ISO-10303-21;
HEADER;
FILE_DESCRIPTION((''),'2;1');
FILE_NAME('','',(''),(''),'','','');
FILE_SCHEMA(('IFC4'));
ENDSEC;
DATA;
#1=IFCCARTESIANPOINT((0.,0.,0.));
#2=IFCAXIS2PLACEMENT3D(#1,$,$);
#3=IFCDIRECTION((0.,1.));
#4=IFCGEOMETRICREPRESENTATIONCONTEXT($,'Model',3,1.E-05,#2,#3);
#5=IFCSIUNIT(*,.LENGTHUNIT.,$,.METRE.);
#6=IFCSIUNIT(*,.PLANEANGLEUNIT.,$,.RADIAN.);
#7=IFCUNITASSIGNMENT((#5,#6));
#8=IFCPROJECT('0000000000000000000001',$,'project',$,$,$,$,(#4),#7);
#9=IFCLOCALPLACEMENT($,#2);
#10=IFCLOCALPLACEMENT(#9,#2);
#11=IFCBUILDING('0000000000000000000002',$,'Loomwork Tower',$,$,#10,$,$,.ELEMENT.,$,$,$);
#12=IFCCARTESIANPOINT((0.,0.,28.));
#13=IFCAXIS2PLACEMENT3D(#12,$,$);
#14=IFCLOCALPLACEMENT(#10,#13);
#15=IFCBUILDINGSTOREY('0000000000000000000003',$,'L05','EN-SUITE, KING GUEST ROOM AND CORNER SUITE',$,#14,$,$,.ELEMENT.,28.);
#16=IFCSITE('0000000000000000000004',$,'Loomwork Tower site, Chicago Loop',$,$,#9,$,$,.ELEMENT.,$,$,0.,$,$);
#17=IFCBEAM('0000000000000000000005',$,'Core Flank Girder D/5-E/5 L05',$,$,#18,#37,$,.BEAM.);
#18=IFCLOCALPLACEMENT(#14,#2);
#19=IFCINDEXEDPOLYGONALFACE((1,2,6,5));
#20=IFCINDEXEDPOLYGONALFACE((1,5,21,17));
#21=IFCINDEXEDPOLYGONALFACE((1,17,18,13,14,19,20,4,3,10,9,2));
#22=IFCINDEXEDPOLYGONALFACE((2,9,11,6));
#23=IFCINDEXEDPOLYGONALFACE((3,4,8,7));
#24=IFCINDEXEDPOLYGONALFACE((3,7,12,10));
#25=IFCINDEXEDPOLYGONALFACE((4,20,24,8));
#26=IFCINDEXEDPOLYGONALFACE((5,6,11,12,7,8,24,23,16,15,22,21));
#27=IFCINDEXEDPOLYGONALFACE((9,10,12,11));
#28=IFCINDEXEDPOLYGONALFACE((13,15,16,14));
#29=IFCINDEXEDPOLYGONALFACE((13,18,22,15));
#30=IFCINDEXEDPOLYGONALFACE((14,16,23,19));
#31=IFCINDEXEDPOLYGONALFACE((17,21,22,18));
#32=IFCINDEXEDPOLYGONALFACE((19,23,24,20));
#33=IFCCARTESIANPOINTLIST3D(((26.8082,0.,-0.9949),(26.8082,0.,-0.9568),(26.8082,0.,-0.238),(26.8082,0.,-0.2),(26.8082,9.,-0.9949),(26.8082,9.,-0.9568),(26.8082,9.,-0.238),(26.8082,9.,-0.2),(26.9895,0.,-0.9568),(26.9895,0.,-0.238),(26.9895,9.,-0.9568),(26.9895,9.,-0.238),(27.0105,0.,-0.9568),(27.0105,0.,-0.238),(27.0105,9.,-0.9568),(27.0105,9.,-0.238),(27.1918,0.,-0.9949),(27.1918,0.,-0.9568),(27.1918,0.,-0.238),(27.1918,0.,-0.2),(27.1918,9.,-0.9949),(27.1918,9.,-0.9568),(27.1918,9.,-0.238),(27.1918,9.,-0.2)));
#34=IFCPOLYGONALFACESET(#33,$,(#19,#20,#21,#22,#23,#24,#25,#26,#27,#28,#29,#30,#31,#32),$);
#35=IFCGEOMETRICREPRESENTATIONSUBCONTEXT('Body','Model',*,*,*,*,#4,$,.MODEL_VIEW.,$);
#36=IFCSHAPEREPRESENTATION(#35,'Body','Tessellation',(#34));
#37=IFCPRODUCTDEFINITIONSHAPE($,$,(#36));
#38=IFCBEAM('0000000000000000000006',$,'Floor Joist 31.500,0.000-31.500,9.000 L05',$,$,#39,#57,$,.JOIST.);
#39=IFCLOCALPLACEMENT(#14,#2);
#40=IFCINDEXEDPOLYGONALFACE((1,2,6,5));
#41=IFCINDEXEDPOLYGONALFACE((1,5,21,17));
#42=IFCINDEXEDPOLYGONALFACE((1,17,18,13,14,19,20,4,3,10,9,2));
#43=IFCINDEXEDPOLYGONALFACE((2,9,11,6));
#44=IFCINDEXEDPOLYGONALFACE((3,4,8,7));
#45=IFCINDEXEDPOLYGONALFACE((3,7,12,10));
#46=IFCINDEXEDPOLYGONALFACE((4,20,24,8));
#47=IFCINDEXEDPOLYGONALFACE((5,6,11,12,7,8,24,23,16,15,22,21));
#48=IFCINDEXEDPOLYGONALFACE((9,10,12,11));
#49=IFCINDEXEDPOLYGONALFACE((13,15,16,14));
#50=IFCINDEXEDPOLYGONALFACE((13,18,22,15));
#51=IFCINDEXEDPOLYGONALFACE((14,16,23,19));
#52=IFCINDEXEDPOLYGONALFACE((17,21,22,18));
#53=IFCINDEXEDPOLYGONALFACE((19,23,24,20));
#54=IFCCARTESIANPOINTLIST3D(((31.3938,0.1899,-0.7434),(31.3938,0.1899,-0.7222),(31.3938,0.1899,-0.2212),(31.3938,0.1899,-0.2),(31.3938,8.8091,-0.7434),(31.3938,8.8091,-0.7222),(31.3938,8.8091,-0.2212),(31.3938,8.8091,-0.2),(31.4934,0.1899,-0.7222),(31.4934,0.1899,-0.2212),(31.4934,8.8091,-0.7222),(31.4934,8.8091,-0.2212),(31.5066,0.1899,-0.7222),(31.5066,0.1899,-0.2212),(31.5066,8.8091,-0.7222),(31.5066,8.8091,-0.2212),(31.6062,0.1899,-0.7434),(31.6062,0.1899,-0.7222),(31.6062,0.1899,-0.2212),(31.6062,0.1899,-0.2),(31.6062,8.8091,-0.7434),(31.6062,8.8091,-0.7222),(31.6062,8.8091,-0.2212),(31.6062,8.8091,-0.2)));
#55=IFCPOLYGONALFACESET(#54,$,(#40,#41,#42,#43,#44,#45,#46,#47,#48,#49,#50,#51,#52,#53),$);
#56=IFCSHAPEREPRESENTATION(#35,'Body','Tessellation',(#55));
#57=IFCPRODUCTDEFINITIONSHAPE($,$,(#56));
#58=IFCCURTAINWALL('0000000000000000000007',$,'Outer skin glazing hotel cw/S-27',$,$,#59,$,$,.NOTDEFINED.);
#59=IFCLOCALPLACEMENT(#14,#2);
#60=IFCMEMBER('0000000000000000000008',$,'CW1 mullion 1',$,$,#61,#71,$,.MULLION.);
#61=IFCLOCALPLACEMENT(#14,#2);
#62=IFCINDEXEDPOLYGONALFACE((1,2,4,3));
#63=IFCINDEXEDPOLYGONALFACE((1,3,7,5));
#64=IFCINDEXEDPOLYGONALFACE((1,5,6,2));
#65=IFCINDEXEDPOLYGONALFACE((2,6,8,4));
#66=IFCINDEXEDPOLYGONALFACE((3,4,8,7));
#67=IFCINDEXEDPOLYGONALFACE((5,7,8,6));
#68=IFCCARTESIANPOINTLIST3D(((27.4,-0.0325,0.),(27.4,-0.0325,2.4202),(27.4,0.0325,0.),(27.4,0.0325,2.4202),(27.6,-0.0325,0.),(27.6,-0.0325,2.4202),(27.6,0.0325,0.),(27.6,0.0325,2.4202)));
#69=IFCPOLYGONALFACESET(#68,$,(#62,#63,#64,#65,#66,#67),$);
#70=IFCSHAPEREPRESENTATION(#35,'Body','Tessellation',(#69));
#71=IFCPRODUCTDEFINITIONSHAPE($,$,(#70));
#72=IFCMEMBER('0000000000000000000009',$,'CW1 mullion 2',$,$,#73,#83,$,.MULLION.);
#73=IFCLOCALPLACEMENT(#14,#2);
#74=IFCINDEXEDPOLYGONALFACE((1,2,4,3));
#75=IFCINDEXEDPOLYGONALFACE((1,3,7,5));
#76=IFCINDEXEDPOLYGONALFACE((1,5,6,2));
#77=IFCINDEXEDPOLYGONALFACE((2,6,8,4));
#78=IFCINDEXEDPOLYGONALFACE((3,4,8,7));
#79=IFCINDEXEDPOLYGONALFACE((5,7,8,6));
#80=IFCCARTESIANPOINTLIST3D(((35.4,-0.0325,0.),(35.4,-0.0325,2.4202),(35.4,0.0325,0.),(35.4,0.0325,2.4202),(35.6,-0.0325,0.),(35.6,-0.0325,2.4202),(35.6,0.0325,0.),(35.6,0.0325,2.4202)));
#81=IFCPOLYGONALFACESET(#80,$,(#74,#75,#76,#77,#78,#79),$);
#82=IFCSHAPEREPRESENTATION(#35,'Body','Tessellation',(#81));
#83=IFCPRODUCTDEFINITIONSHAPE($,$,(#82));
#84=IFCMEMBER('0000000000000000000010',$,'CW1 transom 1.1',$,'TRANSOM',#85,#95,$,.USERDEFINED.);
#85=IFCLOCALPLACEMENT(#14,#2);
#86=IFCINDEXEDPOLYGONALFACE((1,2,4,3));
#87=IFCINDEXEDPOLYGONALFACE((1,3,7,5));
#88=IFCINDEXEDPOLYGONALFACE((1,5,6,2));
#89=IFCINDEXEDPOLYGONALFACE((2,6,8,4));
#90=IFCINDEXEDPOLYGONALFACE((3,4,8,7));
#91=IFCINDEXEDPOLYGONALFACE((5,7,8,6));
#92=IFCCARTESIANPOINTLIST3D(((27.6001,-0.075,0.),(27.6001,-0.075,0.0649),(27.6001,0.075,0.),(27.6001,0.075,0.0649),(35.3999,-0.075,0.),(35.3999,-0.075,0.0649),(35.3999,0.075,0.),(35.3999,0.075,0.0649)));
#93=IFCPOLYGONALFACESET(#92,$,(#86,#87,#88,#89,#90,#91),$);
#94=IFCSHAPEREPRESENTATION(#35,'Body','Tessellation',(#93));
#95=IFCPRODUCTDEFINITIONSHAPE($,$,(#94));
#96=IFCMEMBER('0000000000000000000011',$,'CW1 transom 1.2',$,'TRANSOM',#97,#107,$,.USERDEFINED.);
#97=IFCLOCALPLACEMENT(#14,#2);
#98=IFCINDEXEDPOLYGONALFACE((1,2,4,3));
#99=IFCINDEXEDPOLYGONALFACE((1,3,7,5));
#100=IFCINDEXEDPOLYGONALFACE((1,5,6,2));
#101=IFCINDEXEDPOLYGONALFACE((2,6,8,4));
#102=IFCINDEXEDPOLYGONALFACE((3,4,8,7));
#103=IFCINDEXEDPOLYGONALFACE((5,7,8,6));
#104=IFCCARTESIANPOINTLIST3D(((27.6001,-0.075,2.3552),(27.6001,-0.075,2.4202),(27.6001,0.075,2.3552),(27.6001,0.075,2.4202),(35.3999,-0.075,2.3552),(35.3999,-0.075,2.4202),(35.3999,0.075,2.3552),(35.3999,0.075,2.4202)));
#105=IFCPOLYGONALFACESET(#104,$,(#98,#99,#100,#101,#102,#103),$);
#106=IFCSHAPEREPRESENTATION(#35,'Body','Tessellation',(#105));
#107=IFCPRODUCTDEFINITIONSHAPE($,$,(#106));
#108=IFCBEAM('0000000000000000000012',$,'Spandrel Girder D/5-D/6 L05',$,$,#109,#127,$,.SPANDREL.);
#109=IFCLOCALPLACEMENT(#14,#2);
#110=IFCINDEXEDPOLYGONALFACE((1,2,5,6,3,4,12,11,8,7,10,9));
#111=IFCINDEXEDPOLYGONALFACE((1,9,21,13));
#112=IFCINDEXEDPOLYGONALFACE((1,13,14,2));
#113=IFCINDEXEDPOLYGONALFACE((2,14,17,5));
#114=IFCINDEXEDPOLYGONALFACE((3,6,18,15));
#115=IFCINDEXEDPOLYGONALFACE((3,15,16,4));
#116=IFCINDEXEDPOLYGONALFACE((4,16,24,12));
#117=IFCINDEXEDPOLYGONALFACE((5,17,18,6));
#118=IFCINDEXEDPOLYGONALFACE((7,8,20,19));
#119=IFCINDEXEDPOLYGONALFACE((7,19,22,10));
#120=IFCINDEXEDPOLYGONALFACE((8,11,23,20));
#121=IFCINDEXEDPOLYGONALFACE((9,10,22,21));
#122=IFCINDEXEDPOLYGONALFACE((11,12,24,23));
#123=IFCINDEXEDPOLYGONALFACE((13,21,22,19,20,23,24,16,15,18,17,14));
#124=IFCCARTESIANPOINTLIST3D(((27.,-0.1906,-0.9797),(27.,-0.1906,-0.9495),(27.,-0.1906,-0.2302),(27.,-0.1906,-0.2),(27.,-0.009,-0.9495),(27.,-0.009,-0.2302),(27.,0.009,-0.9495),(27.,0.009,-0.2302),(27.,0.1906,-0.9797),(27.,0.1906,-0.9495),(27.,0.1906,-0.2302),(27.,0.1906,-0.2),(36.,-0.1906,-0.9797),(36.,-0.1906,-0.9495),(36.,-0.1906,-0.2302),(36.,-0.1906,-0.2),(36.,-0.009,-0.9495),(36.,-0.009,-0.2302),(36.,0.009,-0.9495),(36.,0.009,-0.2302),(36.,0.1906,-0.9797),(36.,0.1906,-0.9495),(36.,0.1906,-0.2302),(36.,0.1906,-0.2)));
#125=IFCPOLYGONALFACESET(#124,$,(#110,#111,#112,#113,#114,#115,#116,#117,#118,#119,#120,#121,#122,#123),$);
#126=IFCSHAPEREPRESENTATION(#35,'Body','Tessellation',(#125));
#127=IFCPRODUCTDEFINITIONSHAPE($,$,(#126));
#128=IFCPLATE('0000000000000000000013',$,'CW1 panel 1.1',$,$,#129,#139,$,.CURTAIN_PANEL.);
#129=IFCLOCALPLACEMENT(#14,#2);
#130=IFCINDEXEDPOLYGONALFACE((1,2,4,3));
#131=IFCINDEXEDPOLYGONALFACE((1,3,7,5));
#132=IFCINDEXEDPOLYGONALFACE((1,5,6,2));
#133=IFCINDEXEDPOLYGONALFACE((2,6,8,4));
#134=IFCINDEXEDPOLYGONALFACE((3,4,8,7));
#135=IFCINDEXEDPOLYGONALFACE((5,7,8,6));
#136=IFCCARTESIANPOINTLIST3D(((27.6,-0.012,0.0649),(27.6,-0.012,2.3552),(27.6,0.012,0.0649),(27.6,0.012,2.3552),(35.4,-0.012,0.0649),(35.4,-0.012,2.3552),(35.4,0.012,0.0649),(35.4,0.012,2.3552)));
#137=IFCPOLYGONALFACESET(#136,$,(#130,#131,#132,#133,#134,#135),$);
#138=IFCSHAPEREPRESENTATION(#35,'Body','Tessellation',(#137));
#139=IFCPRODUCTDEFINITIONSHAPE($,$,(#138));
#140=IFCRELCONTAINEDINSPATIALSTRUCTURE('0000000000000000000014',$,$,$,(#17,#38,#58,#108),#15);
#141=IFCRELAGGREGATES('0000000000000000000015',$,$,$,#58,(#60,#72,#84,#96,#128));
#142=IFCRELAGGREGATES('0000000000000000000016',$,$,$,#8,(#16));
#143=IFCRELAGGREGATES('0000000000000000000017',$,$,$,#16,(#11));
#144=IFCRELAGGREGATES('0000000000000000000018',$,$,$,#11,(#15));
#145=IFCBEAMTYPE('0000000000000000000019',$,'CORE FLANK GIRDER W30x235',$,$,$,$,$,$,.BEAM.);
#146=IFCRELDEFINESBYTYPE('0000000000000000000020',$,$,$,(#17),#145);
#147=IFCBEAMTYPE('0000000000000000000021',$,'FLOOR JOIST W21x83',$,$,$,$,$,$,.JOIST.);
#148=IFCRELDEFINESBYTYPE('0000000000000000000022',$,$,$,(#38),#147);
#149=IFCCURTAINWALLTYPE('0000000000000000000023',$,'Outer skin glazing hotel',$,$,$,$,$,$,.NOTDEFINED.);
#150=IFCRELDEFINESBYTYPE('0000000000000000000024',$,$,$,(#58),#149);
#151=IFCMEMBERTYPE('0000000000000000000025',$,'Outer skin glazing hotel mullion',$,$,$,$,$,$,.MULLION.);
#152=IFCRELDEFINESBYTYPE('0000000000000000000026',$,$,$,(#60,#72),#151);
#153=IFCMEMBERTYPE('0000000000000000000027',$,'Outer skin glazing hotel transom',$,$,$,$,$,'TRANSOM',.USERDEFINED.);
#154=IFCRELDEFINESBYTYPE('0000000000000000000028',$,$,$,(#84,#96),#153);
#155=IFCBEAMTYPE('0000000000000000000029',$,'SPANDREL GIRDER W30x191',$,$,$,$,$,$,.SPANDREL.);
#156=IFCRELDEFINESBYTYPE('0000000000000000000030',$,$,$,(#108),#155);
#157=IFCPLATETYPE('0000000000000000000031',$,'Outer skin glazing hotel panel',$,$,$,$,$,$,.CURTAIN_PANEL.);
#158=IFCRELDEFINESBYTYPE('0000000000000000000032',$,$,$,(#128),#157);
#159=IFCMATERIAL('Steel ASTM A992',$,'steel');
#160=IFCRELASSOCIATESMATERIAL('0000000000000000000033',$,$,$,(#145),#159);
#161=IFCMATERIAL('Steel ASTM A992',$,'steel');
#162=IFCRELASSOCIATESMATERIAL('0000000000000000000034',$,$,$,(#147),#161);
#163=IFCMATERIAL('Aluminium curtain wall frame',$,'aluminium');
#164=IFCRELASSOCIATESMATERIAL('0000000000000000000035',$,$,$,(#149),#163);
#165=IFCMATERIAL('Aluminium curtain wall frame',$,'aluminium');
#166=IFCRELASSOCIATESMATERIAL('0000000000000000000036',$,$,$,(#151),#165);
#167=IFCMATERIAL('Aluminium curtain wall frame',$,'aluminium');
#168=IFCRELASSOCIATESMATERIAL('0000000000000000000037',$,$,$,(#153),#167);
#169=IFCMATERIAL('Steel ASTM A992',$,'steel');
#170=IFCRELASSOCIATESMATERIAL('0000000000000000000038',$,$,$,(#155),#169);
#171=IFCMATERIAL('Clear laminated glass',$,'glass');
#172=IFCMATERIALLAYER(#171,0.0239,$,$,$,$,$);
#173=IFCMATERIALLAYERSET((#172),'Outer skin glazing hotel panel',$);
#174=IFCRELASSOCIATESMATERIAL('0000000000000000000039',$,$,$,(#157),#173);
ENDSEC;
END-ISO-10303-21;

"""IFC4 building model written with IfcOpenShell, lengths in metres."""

from ifc_helpers import new_model, si_unit, direction, frame, origin, origin_2d, place, context, subcontext, project, spatial, rectangle, i_section, extrude, material, layer, layer_set, material_profile, profile_set, type_object, element, aggregate, save


model = new_model("IFC4")

# Units and contexts
model_context = context("Model", 3, precision=1e-05, world=origin(), true_north=direction((0.0, 1.0)))
body_context = subcontext(model_context, "Body", "Model", "MODEL_VIEW")
ifc_project = project(units=[si_unit("LENGTHUNIT", "METRE"), si_unit("PLANEANGLEUNIT", "RADIAN")], contexts=[model_context])

# Site, building, storey
site_placement = place(None, origin())
site = spatial("IfcSite", under=ifc_project, at=site_placement, Name="Loomwork Tower site, Chicago Loop", CompositionType="ELEMENT", RefElevation=0.0)
building_placement = place(site_placement, origin())
building = spatial("IfcBuilding", under=site, at=building_placement, Name="Loomwork Tower", CompositionType="ELEMENT")
storey_placement = place(building_placement, frame((0.0, 0.0, 28.0)))
storey = spatial("IfcBuildingStorey", under=building, at=storey_placement, Name="L05", Description="EN-SUITE, KING GUEST ROOM AND CORNER SUITE", CompositionType="ELEMENT", Elevation=28.0)

# Beams
ifc_material_1 = material(Name="Steel ASTM A992", Category="steel")
ifc_material_profile_1 = material_profile(ifc_material_1, i_section(OverallWidth=0.3835, OverallDepth=0.7949, WebThickness=0.021, FlangeThickness=0.0381, at=origin_2d()), Name="W30x235")
ifc_profile_set_1 = profile_set([ifc_material_profile_1], Name="Steel ASTM A992")
beam_type_1 = type_object("IfcBeamType", Name="CORE FLANK GIRDER W30x235", PredefinedType="BEAM", material=ifc_profile_set_1)
beam_1_placement = place(storey_placement, frame((27.0, 0.0, -0.5974), z_axis=(0.0, 1.0, 0.0), x_axis=(-1.0, 0.0, 0.0)))
element("IfcBeam", 1, at=beam_1_placement, inside=storey, type_object=beam_type_1, Name="Core Flank Girder D/5-E/5 L05", PredefinedType="BEAM", context=body_context, shape_type="SweptSolid", body=[
    extrude(i_section(OverallWidth=0.3835, OverallDepth=0.7949, WebThickness=0.021, FlangeThickness=0.0381, at=origin_2d()), origin(), (0.0, 0.0, 1.0), 9.0),
])
ifc_material_2 = material(Name="Steel ASTM A992", Category="steel")
ifc_material_profile_2 = material_profile(ifc_material_2, i_section(OverallWidth=0.2124, OverallDepth=0.5435, WebThickness=0.0132, FlangeThickness=0.0212, at=origin_2d()), Name="W21x83")
ifc_profile_set_2 = profile_set([ifc_material_profile_2], Name="Steel ASTM A992")
beam_type_2 = type_object("IfcBeamType", Name="FLOOR JOIST W21x83", PredefinedType="JOIST", material=ifc_profile_set_2)
beam_2_placement = place(storey_placement, frame((31.5, 0.1899, -0.4717), z_axis=(0.0, 1.0, 0.0), x_axis=(-1.0, 0.0, 0.0)))
element("IfcBeam", 2, at=beam_2_placement, inside=storey, type_object=beam_type_2, Name="Floor Joist 31.500,0.000-31.500,9.000 L05", PredefinedType="JOIST", context=body_context, shape_type="SweptSolid", body=[
    extrude(i_section(OverallWidth=0.2124, OverallDepth=0.5435, WebThickness=0.0132, FlangeThickness=0.0212, at=origin_2d()), origin(), (0.0, 0.0, 1.0), 8.6191),
])

# Curtain wall, members
ifc_material_3 = material(Name="Aluminium curtain wall frame", Category="aluminium")
curtain_wall_type = type_object("IfcCurtainWallType", Name="Outer skin glazing hotel", PredefinedType="NOTDEFINED", material=ifc_material_3)
curtain_wall_placement = place(storey_placement, origin())
curtain_wall = element("IfcCurtainWall", 3, at=curtain_wall_placement, inside=storey, type_object=curtain_wall_type, Name="Outer skin glazing hotel cw/S-27", PredefinedType="NOTDEFINED")
ifc_material_4 = material(Name="Aluminium curtain wall frame", Category="aluminium")
ifc_material_profile_3 = material_profile(ifc_material_4, rectangle(XDim=0.0649, YDim=0.2, at=origin_2d()), Name="AL 65x200")
ifc_profile_set_3 = profile_set([ifc_material_profile_3], Name="Aluminium curtain wall frame")
member_type_1 = type_object("IfcMemberType", Name="Outer skin glazing hotel mullion", PredefinedType="MULLION", material=ifc_profile_set_3)
member_1_placement = place(storey_placement, frame((27.5, 0.0, 0.0), z_axis=(0.0, 0.0, 1.0), x_axis=(0.0, 1.0, 0.0)))
member_1 = element("IfcMember", 4, at=member_1_placement, type_object=member_type_1, Name="CW1 mullion 1", PredefinedType="MULLION", context=body_context, shape_type="SweptSolid", body=[
    extrude(rectangle(XDim=0.0649, YDim=0.2, at=origin_2d()), origin(), (0.0, 0.0, 1.0), 2.4202),
])
member_2_placement = place(storey_placement, frame((35.5, 0.0, 0.0), z_axis=(0.0, 0.0, 1.0), x_axis=(0.0, 1.0, 0.0)))
member_2 = element("IfcMember", 5, at=member_2_placement, type_object=member_type_1, Name="CW1 mullion 2", PredefinedType="MULLION", context=body_context, shape_type="SweptSolid", body=[
    extrude(rectangle(XDim=0.0649, YDim=0.2, at=origin_2d()), origin(), (0.0, 0.0, 1.0), 2.4202),
])
ifc_material_5 = material(Name="Aluminium curtain wall frame", Category="aluminium")
ifc_material_profile_4 = material_profile(ifc_material_5, rectangle(XDim=0.1499, YDim=0.0649, at=origin_2d()), Name="AL 65x150")
ifc_profile_set_4 = profile_set([ifc_material_profile_4], Name="Aluminium curtain wall frame")
member_type_2 = type_object("IfcMemberType", Name="Outer skin glazing hotel transom", ElementType="TRANSOM", PredefinedType="USERDEFINED", material=ifc_profile_set_4)
member_3_placement = place(storey_placement, frame((27.6001, 0.0, 0.0325), z_axis=(1.0, 0.0, 0.0), x_axis=(0.0, 1.0, 0.0)))
member_3 = element("IfcMember", 6, at=member_3_placement, type_object=member_type_2, Name="CW1 transom 1.1", ObjectType="TRANSOM", PredefinedType="USERDEFINED", context=body_context, shape_type="SweptSolid", body=[
    extrude(rectangle(XDim=0.1499, YDim=0.0649, at=origin_2d()), origin(), (0.0, 0.0, 1.0), 7.7998),
])
member_4_placement = place(storey_placement, frame((27.6001, 0.0, 2.3877), z_axis=(1.0, 0.0, 0.0), x_axis=(0.0, 1.0, 0.0)))
member_4 = element("IfcMember", 7, at=member_4_placement, type_object=member_type_2, Name="CW1 transom 1.2", ObjectType="TRANSOM", PredefinedType="USERDEFINED", context=body_context, shape_type="SweptSolid", body=[
    extrude(rectangle(XDim=0.1499, YDim=0.0649, at=origin_2d()), origin(), (0.0, 0.0, 1.0), 7.7998),
])

# Beam
ifc_material_6 = material(Name="Steel ASTM A992", Category="steel")
ifc_material_profile_5 = material_profile(ifc_material_6, i_section(OverallWidth=0.3811, OverallDepth=0.7798, WebThickness=0.0181, FlangeThickness=0.0303, at=origin_2d()), Name="W30x191")
ifc_profile_set_5 = profile_set([ifc_material_profile_5], Name="Steel ASTM A992")
beam_type_3 = type_object("IfcBeamType", Name="SPANDREL GIRDER W30x191", PredefinedType="SPANDREL", material=ifc_profile_set_5)
beam_3_placement = place(storey_placement, frame((27.0, 0.0, -0.5898), z_axis=(1.0, 0.0, 0.0), x_axis=(0.0, 1.0, 0.0)))
element("IfcBeam", 8, at=beam_3_placement, inside=storey, type_object=beam_type_3, Name="Spandrel Girder D/5-D/6 L05", PredefinedType="SPANDREL", context=body_context, shape_type="SweptSolid", body=[
    extrude(i_section(OverallWidth=0.3811, OverallDepth=0.7798, WebThickness=0.0181, FlangeThickness=0.0303, at=origin_2d()), origin(), (0.0, 0.0, 1.0), 9.0),
])

# Plate
ifc_material_7 = material(Name="Clear laminated glass", Category="glass")
ifc_layer_1 = layer(ifc_material_7, 0.0239)
ifc_layer_set_1 = layer_set([ifc_layer_1], Name="Outer skin glazing hotel panel")
plate_type = type_object("IfcPlateType", Name="Outer skin glazing hotel panel", PredefinedType="CURTAIN_PANEL", material=ifc_layer_set_1)
plate_placement = place(storey_placement, frame((31.5, 0.0, 0.0649), z_axis=(0.0, 0.0, 1.0), x_axis=(1.0, 0.0, 0.0)))
plate = element("IfcPlate", 9, at=plate_placement, type_object=plate_type, Name="CW1 panel 1.1", PredefinedType="CURTAIN_PANEL", context=body_context, shape_type="SweptSolid", body=[
    extrude(rectangle(XDim=7.8, YDim=0.0239, at=origin_2d()), origin(), (0.0, 0.0, 1.0), 2.2903),
])
aggregate(curtain_wall, [member_1, member_2, member_3, member_4, plate])

save(model, "model.ifc")
